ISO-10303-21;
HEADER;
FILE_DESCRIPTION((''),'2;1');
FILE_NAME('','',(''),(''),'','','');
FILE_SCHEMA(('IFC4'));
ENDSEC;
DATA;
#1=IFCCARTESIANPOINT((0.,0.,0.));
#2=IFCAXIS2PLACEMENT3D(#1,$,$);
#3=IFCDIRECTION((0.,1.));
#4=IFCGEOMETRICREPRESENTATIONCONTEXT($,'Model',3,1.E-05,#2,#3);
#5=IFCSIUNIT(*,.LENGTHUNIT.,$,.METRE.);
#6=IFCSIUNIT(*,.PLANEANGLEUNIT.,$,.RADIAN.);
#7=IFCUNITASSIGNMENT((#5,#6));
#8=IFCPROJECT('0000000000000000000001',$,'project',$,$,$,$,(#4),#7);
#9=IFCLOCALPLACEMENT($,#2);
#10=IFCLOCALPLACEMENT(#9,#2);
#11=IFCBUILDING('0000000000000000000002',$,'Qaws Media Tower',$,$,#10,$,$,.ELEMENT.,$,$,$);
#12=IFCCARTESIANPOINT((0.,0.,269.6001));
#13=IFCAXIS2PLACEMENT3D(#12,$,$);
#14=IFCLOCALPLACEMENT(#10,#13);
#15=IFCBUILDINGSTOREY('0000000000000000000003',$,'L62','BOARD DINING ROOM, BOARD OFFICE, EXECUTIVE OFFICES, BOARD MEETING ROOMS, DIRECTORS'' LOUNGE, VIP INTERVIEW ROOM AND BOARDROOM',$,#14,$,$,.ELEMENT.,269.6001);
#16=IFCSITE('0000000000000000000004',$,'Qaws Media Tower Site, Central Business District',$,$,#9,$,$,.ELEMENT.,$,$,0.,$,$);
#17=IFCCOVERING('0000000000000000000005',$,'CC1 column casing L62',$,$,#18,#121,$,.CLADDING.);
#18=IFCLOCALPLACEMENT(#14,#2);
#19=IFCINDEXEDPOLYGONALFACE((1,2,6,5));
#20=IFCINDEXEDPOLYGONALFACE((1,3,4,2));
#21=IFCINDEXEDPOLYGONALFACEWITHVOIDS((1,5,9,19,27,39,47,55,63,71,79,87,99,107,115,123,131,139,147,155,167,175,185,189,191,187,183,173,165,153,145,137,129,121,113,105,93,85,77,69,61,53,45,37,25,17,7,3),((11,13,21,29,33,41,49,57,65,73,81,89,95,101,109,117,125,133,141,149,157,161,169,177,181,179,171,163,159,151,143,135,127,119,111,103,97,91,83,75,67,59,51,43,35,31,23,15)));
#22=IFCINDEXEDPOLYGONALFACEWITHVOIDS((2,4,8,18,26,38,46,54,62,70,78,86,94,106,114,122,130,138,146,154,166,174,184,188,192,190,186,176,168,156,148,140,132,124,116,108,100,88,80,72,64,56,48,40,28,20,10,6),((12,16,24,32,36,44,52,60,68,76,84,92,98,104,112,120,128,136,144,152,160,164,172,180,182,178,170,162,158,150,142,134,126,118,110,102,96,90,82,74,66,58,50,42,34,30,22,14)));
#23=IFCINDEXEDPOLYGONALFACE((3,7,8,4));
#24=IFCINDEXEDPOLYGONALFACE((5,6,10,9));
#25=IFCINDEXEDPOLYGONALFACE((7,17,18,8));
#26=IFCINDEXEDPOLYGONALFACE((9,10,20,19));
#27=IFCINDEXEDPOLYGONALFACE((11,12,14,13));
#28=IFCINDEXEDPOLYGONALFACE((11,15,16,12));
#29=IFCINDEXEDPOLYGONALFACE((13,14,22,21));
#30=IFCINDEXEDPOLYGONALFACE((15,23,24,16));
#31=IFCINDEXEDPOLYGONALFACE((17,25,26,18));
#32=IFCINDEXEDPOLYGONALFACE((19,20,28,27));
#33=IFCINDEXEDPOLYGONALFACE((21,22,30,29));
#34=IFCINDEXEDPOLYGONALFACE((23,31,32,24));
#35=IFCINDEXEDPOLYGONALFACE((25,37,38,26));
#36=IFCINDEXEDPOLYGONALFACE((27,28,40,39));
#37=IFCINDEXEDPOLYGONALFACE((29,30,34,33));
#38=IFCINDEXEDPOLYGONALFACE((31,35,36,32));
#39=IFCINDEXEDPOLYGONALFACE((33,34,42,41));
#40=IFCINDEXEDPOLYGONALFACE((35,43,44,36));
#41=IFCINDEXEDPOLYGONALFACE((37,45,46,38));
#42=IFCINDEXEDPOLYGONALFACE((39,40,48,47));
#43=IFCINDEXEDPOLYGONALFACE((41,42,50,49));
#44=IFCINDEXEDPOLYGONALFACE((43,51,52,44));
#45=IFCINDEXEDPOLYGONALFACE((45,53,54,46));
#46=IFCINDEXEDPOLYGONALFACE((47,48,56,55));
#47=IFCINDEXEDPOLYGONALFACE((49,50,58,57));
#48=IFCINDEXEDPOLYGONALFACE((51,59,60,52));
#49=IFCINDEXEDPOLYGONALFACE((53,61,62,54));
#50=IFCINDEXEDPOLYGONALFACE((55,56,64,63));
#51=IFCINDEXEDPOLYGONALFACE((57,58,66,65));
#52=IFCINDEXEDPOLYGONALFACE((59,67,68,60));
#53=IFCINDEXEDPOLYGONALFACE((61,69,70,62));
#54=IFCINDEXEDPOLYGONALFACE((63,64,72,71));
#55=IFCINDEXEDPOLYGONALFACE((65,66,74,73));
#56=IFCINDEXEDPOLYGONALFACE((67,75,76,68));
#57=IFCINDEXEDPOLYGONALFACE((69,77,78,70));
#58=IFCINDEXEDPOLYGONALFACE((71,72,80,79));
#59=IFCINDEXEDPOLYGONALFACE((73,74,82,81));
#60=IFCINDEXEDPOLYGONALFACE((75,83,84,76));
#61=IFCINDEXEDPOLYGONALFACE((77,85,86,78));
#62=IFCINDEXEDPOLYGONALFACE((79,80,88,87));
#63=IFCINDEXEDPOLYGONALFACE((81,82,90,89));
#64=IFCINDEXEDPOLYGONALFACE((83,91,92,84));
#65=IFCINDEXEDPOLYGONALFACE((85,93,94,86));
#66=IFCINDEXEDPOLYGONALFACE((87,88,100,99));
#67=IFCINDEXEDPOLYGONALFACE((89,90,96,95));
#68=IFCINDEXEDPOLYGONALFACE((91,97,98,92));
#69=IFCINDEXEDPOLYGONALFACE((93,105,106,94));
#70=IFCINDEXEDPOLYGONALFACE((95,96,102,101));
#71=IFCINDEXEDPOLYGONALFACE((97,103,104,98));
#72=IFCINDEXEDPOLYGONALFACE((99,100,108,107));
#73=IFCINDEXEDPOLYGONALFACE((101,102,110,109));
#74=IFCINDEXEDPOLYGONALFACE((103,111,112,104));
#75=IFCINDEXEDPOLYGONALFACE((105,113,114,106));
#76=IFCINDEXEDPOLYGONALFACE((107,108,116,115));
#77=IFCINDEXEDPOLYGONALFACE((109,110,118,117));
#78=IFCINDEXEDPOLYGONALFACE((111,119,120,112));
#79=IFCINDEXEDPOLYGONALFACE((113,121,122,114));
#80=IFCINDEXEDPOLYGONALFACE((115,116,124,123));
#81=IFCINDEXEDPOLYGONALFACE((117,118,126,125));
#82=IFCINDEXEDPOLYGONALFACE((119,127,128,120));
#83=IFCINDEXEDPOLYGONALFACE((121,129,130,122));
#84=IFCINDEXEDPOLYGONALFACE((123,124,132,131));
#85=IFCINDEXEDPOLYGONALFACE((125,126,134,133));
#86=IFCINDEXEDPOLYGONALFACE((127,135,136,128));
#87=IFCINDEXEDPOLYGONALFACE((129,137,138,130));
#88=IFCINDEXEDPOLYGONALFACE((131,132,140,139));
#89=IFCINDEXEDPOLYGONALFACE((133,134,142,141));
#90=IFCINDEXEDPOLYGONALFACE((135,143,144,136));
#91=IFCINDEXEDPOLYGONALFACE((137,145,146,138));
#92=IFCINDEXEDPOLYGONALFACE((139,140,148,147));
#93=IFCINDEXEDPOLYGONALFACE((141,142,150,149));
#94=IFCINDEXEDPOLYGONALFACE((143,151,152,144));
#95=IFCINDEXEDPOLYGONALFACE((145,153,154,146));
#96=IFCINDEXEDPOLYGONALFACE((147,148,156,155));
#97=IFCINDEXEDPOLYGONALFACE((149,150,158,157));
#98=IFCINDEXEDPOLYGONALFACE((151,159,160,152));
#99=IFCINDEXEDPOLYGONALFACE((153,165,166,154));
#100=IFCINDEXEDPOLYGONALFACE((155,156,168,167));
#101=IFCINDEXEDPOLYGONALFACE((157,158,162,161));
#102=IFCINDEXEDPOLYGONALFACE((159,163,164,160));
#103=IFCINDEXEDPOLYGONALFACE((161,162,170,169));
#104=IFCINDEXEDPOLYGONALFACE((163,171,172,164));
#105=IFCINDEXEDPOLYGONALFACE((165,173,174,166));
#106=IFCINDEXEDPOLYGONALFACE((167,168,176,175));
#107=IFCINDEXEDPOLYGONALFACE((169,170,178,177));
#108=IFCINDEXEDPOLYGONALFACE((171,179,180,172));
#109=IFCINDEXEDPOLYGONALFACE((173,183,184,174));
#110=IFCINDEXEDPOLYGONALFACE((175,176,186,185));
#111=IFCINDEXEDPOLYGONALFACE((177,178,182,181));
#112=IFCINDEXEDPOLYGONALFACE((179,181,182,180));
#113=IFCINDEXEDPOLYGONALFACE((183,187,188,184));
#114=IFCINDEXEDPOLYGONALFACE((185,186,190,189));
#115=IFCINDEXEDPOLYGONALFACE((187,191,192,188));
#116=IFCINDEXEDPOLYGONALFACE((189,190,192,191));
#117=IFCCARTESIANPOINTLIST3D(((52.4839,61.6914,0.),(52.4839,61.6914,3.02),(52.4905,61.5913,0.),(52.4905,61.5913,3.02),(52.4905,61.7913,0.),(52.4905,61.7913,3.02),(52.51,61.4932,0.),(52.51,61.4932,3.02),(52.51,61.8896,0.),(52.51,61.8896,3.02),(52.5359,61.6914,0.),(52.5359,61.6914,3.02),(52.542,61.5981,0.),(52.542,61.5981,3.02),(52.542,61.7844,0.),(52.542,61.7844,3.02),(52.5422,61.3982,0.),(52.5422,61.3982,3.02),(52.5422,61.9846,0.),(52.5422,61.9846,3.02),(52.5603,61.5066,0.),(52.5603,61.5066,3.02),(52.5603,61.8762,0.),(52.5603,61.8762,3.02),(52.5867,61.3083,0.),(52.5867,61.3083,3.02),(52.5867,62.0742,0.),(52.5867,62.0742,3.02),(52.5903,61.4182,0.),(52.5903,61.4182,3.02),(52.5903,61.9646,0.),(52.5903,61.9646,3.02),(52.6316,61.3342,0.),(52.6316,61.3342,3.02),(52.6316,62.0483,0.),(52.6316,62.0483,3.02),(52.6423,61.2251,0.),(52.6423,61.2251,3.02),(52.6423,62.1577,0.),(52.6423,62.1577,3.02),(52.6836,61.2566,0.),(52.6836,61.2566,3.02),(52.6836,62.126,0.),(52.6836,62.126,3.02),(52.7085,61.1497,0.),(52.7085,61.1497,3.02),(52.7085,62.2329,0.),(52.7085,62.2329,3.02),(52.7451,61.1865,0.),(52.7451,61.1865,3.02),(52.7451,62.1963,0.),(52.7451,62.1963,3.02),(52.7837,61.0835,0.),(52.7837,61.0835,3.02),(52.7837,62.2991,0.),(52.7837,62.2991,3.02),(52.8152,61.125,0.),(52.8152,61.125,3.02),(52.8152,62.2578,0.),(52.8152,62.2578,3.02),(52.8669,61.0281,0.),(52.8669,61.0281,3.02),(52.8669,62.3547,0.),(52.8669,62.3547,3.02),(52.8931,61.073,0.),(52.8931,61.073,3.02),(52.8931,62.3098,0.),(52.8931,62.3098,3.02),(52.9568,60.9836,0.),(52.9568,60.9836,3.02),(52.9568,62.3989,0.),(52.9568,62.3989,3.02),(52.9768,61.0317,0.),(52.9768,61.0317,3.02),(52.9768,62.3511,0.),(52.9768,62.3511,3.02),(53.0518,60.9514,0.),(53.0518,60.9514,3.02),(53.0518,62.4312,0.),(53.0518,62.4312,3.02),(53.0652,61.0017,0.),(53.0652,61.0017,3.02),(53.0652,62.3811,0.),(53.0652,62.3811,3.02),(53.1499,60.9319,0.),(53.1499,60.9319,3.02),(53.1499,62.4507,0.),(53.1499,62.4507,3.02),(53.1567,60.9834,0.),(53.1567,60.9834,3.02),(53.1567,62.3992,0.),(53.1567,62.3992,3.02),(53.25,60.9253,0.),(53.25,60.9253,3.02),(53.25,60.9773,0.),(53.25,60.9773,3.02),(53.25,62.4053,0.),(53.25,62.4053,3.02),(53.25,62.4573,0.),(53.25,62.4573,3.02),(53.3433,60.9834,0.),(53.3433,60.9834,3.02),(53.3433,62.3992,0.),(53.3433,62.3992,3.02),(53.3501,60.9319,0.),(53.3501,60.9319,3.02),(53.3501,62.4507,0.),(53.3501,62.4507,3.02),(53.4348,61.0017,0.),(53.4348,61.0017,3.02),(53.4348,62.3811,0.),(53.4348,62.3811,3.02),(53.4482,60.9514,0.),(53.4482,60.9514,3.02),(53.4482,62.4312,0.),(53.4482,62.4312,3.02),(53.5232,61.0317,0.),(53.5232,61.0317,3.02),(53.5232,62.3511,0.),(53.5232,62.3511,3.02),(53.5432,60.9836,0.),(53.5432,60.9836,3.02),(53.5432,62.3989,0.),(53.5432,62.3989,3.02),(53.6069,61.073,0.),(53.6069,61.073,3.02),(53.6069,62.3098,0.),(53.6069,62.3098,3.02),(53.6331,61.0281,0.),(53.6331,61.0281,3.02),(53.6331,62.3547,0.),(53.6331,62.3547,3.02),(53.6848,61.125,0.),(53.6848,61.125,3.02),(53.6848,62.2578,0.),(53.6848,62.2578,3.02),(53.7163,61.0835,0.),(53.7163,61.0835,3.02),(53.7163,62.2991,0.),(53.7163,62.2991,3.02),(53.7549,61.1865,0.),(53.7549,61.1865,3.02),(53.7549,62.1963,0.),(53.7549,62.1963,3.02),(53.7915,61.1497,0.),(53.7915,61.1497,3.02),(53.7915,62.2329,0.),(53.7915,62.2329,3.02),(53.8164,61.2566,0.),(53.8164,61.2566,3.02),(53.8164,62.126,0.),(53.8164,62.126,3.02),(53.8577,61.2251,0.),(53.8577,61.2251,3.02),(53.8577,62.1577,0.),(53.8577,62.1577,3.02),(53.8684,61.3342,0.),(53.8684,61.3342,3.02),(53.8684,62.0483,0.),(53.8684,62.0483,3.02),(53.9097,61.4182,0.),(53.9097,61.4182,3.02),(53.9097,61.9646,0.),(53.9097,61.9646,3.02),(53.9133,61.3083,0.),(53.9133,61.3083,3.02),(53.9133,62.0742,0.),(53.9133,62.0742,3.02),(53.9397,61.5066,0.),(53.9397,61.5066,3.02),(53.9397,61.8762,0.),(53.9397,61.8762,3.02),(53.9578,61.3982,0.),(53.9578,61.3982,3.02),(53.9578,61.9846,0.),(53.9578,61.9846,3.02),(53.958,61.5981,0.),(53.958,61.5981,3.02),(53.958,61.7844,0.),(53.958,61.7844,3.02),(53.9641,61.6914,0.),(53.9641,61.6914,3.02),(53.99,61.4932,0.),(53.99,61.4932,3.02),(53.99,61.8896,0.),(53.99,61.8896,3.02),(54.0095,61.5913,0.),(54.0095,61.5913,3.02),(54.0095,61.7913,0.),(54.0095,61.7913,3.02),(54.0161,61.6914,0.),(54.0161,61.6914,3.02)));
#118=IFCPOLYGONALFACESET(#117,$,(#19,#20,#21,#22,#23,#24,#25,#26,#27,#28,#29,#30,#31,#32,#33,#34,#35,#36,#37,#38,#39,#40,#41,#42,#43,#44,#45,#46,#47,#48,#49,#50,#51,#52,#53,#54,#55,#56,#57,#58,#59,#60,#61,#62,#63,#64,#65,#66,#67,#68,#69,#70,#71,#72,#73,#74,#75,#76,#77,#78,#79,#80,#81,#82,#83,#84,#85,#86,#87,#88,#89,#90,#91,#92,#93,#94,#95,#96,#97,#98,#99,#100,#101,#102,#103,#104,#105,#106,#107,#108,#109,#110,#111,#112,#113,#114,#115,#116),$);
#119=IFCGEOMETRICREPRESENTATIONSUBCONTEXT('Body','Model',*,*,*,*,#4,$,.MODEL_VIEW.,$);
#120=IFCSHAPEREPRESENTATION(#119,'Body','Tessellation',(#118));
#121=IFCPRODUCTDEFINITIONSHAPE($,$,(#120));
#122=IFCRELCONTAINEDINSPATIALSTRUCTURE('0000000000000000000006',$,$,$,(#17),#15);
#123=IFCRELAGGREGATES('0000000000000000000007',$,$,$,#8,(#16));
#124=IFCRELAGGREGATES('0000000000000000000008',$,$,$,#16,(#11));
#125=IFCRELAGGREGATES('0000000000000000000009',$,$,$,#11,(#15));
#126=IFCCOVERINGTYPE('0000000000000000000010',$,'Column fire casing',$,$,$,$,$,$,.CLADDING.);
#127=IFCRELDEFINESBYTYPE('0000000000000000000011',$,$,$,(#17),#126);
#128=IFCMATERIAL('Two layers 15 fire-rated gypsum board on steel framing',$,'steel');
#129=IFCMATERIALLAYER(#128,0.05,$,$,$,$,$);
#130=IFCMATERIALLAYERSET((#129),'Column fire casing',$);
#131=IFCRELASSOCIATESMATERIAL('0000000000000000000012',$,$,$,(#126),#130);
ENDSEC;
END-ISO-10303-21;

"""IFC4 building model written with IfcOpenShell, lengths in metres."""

from ifc_helpers import new_model, si_unit, direction, frame, origin, place, context, subcontext, project, spatial, polyline, outline, extrude, material, layer, layer_set, type_object, element, save


model = new_model("IFC4")

# Units and contexts
model_context = context("Model", 3, precision=1e-05, world=origin(), true_north=direction((0.0, 1.0)))
body_context = subcontext(model_context, "Body", "Model", "MODEL_VIEW")
ifc_project = project(units=[si_unit("LENGTHUNIT", "METRE"), si_unit("PLANEANGLEUNIT", "RADIAN")], contexts=[model_context])

# Site, building, storey
site_placement = place(None, origin())
site = spatial("IfcSite", under=ifc_project, at=site_placement, Name="Qaws Media Tower Site, Central Business District", CompositionType="ELEMENT", RefElevation=0.0)
building_placement = place(site_placement, origin())
building = spatial("IfcBuilding", under=site, at=building_placement, Name="Qaws Media Tower", CompositionType="ELEMENT")
storey_placement = place(building_placement, frame((0.0, 0.0, 269.6001)))
storey = spatial("IfcBuildingStorey", under=building, at=storey_placement, Name="L62", Description="BOARD DINING ROOM, BOARD OFFICE, EXECUTIVE OFFICES, BOARD MEETING ROOMS, DIRECTORS' LOUNGE, VIP INTERVIEW ROOM AND BOARDROOM", CompositionType="ELEMENT", Elevation=269.6001)

# Covering
ifc_material_1 = material(Name="Two layers 15 fire-rated gypsum board on steel framing", Category="steel")
ifc_layer_1 = layer(ifc_material_1, 0.05)
ifc_layer_set_1 = layer_set([ifc_layer_1], Name="Column fire casing")
covering_type_1 = type_object("IfcCoveringType", Name="Column fire casing", PredefinedType="CLADDING", material=ifc_layer_set_1)
covering_1_placement = place(storey_placement, origin())
element("IfcCovering", 1, at=covering_1_placement, inside=storey, type_object=covering_type_1, Name="CC1 column casing L62", PredefinedType="CLADDING", context=body_context, shape_type="SweptSolid", body=[
    extrude(outline(polyline([(54.0161, 61.6914), (54.0095, 61.5913), (53.99, 61.4932), (53.9578, 61.3982), (53.9133, 61.3083), (53.8577, 61.2251), (53.7915, 61.1497), (53.7163, 61.0835), (53.6331, 61.0281), (53.5432, 60.9836), (53.4482, 60.9514), (53.3501, 60.9319), (53.25, 60.9253), (53.1499, 60.9319), (53.0518, 60.9514), (52.9568, 60.9836), (52.8669, 61.0281), (52.7837, 61.0835), (52.7085, 61.1497), (52.6423, 61.2251), (52.5867, 61.3083), (52.5422, 61.3982), (52.51, 61.4932), (52.4905, 61.5913), (52.4839, 61.6914), (52.4905, 61.7913), (52.51, 61.8896), (52.5422, 61.9846), (52.5867, 62.0742), (52.6423, 62.1577), (52.7085, 62.2329), (52.7837, 62.2991), (52.8669, 62.3547), (52.9568, 62.3989), (53.0518, 62.4312), (53.1499, 62.4507), (53.25, 62.4573), (53.3501, 62.4507), (53.4482, 62.4312), (53.5432, 62.3989), (53.6331, 62.3547), (53.7163, 62.2991), (53.7915, 62.2329), (53.8577, 62.1577), (53.9133, 62.0742), (53.9578, 61.9846), (53.99, 61.8896), (54.0095, 61.7913), (54.0161, 61.6914)]), holes=[polyline([(53.9641, 61.6914), (53.958, 61.5981), (53.9397, 61.5066), (53.9097, 61.4182), (53.8684, 61.3342), (53.8164, 61.2566), (53.7549, 61.1865), (53.6848, 61.125), (53.6069, 61.073), (53.5232, 61.0317), (53.4348, 61.0017), (53.3433, 60.9834), (53.25, 60.9773), (53.1567, 60.9834), (53.0652, 61.0017), (52.9768, 61.0317), (52.8931, 61.073), (52.8152, 61.125), (52.7451, 61.1865), (52.6836, 61.2566), (52.6316, 61.3342), (52.5903, 61.4182), (52.5603, 61.5066), (52.542, 61.5981), (52.5359, 61.6914), (52.542, 61.7844), (52.5603, 61.8762), (52.5903, 61.9646), (52.6316, 62.0483), (52.6836, 62.126), (52.7451, 62.1963), (52.8152, 62.2578), (52.8931, 62.3098), (52.9768, 62.3511), (53.0652, 62.3811), (53.1567, 62.3992), (53.25, 62.4053), (53.3433, 62.3992), (53.4348, 62.3811), (53.5232, 62.3511), (53.6069, 62.3098), (53.6848, 62.2578), (53.7549, 62.1963), (53.8164, 62.126), (53.8684, 62.0483), (53.9097, 61.9646), (53.9397, 61.8762), (53.958, 61.7844), (53.9641, 61.6914)])]), origin(), (0.0, 0.0, 1.0), 3.02),
])

save(model, "model.ifc")
